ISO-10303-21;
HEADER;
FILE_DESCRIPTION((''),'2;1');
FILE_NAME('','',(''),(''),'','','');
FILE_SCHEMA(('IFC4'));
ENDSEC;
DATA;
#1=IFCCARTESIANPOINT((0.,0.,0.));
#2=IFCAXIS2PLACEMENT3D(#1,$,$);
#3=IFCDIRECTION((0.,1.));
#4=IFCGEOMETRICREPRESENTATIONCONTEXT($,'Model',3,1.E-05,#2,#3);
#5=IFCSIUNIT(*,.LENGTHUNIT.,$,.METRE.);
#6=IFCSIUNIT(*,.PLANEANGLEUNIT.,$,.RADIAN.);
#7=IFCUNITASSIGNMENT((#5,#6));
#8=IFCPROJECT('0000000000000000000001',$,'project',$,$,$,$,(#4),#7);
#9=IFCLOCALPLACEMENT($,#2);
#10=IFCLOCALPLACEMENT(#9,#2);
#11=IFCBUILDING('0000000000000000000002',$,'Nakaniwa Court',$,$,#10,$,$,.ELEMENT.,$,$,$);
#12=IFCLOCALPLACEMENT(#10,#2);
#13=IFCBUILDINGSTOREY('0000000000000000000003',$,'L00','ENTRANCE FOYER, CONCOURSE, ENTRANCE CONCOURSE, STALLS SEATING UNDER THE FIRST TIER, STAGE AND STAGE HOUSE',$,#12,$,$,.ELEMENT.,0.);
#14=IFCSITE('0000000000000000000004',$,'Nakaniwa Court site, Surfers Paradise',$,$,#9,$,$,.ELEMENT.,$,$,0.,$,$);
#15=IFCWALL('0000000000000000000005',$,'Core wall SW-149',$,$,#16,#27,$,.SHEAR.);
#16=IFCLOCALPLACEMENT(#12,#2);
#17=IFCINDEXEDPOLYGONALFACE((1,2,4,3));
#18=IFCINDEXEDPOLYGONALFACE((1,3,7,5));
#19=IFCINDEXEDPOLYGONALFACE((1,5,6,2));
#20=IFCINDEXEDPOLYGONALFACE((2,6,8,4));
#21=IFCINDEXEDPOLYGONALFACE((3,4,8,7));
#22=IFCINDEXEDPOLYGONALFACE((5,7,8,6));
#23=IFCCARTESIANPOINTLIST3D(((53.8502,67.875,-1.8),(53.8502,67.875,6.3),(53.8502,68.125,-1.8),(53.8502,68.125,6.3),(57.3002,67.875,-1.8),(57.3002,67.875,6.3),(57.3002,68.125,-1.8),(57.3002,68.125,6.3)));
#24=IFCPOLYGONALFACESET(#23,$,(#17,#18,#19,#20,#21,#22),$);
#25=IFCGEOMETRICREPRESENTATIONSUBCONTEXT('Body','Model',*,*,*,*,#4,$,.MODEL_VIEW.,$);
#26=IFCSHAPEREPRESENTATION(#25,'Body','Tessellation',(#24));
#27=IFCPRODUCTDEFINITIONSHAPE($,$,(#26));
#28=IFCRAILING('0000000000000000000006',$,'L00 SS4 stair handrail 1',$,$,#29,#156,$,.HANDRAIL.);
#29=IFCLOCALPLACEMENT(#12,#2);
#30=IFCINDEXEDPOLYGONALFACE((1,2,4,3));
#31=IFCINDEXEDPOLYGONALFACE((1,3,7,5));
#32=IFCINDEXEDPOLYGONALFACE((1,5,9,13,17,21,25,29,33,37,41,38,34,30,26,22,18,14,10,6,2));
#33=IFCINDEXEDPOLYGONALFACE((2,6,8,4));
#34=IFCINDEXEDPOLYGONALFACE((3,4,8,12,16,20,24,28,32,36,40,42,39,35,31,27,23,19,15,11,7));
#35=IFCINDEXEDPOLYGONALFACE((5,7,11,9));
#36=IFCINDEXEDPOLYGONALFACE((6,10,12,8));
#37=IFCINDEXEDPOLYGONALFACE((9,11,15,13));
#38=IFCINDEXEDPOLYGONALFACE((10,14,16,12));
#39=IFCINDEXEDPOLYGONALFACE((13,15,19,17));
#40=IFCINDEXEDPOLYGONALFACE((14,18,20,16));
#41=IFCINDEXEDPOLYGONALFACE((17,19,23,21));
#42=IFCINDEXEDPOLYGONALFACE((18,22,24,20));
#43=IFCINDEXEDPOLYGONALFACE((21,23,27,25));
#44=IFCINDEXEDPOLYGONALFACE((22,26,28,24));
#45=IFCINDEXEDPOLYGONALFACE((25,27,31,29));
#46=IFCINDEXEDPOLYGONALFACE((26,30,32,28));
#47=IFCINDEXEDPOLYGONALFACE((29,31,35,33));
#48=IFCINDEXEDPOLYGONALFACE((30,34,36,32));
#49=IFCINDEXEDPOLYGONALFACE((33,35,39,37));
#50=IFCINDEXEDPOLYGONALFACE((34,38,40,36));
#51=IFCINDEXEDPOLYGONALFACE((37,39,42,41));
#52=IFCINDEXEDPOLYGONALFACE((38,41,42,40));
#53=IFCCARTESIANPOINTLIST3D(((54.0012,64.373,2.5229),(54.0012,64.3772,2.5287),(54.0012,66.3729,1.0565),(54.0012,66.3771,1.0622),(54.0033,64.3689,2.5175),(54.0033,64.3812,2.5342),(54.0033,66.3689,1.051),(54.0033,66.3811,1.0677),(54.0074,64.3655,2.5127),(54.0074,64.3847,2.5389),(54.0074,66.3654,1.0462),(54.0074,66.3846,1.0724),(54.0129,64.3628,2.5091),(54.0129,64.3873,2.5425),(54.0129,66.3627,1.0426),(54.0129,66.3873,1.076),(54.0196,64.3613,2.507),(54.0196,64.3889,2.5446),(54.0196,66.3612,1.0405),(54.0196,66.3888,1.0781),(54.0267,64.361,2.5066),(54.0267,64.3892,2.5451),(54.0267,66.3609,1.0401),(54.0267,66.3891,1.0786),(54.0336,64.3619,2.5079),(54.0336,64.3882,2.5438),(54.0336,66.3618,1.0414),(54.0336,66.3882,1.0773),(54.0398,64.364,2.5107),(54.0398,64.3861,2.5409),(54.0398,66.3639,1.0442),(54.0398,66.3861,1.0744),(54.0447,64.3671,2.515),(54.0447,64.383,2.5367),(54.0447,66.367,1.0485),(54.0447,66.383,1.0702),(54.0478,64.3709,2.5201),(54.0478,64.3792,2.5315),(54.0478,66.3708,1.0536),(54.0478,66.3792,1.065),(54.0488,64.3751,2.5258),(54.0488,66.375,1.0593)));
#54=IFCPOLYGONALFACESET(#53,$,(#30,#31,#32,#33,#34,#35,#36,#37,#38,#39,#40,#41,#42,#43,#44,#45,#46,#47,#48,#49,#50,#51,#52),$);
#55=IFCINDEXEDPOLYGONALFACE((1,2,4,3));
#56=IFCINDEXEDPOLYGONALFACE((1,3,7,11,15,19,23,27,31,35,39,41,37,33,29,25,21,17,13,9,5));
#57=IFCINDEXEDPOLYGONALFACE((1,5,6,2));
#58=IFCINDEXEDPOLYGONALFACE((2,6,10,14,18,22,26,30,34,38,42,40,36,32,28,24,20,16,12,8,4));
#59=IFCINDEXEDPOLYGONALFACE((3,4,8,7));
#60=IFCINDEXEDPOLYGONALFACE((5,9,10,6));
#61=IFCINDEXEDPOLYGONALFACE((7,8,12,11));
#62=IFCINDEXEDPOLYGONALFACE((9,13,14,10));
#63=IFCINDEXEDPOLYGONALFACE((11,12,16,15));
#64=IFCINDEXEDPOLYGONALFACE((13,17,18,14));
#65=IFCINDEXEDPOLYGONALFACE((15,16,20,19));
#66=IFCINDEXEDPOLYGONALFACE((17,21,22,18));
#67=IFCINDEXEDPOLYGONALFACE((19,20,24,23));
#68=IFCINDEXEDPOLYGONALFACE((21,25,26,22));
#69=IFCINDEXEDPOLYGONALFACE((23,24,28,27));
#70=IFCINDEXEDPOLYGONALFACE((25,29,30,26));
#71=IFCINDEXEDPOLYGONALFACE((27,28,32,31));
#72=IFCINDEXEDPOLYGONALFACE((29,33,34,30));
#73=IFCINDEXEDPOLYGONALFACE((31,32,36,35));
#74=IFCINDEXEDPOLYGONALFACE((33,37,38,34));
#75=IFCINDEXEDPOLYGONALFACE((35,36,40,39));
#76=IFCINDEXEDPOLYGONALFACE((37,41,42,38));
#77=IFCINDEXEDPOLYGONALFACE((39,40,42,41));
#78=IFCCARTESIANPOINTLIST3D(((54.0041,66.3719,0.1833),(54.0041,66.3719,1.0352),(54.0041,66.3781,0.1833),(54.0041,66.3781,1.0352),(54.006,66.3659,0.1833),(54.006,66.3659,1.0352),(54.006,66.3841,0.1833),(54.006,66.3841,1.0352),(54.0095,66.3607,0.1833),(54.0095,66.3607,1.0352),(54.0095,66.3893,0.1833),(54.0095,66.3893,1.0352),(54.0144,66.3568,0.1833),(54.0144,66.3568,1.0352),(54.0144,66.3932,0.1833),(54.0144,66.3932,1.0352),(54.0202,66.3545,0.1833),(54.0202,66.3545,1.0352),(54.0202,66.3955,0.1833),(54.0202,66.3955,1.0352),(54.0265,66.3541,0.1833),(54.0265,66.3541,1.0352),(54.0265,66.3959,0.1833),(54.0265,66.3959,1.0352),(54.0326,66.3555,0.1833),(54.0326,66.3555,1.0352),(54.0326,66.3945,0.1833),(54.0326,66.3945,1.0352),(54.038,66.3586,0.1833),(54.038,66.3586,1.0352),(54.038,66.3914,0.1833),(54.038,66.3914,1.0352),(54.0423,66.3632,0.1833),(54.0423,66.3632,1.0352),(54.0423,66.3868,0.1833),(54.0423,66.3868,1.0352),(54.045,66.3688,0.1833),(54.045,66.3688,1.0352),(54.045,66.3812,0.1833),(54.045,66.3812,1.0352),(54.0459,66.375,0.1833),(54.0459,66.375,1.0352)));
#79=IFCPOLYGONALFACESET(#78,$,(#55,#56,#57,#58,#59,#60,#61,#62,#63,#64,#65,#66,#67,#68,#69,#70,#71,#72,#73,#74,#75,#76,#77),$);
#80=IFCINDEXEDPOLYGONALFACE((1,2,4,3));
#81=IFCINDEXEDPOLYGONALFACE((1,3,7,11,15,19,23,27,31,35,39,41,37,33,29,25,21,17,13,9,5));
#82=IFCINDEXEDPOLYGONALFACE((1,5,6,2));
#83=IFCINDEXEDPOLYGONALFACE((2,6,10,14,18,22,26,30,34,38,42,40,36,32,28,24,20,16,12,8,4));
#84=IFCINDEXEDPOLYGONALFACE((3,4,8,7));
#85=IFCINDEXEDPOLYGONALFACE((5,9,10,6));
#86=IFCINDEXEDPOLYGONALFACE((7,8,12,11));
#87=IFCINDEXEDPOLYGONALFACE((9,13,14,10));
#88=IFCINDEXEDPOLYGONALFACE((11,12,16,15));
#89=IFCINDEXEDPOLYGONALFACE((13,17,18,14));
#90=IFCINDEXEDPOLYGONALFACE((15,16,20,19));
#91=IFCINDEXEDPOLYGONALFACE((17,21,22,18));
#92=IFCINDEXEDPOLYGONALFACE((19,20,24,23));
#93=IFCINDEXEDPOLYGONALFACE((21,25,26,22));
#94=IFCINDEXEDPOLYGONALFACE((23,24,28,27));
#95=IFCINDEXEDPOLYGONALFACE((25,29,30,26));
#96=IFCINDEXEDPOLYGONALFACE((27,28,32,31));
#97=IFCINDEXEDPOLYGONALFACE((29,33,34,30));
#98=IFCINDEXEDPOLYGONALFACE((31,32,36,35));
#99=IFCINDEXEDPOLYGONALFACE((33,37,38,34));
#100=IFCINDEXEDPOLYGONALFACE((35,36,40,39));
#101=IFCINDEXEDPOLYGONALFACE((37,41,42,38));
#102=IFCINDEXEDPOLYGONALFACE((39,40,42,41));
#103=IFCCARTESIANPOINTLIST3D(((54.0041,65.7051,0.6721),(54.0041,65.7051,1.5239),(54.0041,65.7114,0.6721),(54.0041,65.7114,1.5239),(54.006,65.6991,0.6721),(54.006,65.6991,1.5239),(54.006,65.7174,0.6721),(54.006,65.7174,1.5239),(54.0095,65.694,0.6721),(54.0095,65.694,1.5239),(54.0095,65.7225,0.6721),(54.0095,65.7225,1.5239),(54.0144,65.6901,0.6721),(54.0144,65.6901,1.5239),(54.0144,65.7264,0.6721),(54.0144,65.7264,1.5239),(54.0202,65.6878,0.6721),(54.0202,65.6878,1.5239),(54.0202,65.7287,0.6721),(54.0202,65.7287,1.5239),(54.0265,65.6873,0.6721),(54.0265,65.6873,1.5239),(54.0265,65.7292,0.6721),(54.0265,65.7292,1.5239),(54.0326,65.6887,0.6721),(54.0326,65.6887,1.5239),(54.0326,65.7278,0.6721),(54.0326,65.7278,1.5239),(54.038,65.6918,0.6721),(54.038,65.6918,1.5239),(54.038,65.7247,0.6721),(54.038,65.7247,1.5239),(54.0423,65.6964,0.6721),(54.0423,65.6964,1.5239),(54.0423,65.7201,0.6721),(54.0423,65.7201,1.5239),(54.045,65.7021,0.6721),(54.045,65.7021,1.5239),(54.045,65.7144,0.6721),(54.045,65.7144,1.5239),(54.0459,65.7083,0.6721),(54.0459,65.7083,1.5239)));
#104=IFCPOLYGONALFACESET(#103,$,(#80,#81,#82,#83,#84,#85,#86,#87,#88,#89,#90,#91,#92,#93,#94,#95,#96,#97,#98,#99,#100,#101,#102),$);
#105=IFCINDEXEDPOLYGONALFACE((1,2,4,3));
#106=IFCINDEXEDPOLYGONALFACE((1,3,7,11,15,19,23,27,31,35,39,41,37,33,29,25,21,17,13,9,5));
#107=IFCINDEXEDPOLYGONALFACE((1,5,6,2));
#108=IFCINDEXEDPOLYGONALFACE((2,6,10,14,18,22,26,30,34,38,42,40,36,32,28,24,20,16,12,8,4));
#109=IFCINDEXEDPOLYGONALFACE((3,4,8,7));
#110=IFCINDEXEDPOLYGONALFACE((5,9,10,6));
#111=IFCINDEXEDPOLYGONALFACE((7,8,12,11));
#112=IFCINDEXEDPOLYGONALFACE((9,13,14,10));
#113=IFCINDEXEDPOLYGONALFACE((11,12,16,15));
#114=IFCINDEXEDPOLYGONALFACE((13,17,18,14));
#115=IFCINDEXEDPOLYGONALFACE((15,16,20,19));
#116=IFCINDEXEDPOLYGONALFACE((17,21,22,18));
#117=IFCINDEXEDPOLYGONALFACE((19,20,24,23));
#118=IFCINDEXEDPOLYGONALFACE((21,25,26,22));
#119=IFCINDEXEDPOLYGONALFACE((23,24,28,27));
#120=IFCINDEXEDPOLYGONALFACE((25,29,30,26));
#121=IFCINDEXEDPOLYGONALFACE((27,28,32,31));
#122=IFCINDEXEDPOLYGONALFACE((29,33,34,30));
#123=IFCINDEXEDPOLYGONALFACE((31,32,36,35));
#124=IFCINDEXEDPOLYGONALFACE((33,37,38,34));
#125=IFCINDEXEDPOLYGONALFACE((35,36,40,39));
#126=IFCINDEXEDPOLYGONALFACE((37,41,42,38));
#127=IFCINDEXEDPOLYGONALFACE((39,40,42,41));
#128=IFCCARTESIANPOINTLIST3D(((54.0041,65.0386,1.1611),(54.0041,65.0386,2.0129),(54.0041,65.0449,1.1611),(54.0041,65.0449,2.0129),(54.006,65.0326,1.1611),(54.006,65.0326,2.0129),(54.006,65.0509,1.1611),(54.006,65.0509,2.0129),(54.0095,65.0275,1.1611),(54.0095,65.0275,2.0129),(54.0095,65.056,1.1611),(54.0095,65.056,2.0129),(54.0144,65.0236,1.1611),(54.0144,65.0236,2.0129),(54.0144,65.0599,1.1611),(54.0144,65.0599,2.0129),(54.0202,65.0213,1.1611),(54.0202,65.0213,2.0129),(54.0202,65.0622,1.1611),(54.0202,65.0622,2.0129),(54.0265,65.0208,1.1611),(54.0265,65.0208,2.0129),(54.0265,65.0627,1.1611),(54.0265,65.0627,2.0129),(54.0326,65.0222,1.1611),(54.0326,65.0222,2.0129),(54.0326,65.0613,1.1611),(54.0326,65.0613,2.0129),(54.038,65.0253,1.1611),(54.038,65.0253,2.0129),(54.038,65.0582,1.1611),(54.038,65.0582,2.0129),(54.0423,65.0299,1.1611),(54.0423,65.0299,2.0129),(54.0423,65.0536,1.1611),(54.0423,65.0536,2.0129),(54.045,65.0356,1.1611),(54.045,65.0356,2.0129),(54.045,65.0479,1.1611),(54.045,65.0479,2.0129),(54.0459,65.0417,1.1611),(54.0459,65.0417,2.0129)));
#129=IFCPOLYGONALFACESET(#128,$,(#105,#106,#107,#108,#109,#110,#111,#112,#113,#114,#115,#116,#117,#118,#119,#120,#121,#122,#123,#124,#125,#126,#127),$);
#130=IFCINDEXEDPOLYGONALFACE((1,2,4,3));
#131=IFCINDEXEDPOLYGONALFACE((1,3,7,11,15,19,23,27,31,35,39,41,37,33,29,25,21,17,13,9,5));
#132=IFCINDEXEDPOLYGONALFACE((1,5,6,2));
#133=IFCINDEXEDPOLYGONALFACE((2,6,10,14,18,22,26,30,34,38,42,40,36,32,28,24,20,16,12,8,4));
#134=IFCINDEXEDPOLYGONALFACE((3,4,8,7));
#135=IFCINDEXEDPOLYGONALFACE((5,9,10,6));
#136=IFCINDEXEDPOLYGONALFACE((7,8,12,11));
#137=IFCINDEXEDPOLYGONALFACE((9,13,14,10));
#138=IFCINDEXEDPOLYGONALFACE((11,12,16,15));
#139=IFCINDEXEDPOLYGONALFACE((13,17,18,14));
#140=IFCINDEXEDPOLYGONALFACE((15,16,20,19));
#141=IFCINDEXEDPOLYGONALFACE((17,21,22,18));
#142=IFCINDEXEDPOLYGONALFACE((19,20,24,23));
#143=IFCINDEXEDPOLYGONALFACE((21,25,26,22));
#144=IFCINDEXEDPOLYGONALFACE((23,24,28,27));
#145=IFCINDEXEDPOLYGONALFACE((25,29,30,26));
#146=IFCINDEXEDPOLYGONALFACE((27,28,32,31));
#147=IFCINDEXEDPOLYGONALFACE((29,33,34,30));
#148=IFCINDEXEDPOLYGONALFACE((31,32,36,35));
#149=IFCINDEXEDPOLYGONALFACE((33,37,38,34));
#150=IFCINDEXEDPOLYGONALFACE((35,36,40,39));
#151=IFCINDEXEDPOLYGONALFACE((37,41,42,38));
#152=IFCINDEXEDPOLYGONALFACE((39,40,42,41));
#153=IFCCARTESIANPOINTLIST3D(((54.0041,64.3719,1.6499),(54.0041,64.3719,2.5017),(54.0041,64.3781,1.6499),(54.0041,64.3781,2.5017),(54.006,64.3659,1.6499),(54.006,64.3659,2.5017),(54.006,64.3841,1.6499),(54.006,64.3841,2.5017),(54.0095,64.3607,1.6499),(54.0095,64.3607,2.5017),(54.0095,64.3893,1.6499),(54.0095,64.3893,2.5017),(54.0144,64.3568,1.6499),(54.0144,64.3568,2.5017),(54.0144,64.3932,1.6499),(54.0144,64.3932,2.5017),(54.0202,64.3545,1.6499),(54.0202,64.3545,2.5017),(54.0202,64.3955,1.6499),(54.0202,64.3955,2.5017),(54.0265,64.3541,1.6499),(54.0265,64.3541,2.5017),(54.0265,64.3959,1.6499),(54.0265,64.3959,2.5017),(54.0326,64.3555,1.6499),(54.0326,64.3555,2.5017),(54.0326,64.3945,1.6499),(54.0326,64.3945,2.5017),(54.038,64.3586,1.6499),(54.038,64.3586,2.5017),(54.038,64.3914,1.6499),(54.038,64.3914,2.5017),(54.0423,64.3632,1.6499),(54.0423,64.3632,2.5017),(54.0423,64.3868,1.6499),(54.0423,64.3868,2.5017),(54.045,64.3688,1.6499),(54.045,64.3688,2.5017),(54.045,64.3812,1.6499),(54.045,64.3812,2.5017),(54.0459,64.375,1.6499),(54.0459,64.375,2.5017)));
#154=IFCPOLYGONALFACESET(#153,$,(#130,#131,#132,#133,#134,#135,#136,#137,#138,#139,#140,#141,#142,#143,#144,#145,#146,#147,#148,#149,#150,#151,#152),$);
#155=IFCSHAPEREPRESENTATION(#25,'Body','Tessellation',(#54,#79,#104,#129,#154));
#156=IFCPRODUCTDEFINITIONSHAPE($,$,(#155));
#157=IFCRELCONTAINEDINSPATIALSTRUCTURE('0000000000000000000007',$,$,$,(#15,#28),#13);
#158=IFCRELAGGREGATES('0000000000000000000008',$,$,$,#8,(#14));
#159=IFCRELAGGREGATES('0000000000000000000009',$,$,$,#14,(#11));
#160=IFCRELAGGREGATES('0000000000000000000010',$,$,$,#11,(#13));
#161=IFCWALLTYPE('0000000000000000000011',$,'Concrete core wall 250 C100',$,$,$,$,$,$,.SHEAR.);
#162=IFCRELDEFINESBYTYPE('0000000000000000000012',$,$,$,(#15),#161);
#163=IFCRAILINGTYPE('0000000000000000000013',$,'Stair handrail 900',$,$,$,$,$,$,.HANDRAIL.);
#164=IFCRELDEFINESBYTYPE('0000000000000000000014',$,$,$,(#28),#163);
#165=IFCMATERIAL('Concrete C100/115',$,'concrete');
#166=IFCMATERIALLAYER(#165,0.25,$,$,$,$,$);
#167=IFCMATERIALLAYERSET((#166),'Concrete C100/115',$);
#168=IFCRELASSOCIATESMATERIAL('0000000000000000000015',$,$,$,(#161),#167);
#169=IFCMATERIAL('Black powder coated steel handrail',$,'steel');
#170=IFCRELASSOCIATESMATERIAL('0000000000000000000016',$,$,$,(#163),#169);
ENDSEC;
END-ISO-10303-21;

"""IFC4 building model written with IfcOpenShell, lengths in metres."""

from ifc_helpers import new_model, si_unit, direction, frame, frame_2d, origin, origin_2d, place, context, subcontext, project, spatial, rectangle, circle, extrude, material, layer, layer_set, type_object, element, save


model = new_model("IFC4")

# Units and contexts
model_context = context("Model", 3, precision=1e-05, world=origin(), true_north=direction((0.0, 1.0)))
body_context = subcontext(model_context, "Body", "Model", "MODEL_VIEW")
ifc_project = project(units=[si_unit("LENGTHUNIT", "METRE"), si_unit("PLANEANGLEUNIT", "RADIAN")], contexts=[model_context])

# Site, building, storey
site_placement = place(None, origin())
site = spatial("IfcSite", under=ifc_project, at=site_placement, Name="Nakaniwa Court site, Surfers Paradise", CompositionType="ELEMENT", RefElevation=0.0)
building_placement = place(site_placement, origin())
building = spatial("IfcBuilding", under=site, at=building_placement, Name="Nakaniwa Court", CompositionType="ELEMENT")
storey_placement = place(building_placement, origin())
storey = spatial("IfcBuildingStorey", under=building, at=storey_placement, Name="L00", Description="ENTRANCE FOYER, CONCOURSE, ENTRANCE CONCOURSE, STALLS SEATING UNDER THE FIRST TIER, STAGE AND STAGE HOUSE", CompositionType="ELEMENT", Elevation=0.0)

# Shared definitions
ifc_material_1 = material(Name="Concrete C100/115", Category="concrete")

# Wall
ifc_layer_1 = layer(ifc_material_1, 0.25)
ifc_layer_set_1 = layer_set([ifc_layer_1], Name="Concrete C100/115")
wall_type_1 = type_object("IfcWallType", Name="Concrete core wall 250 C100", PredefinedType="SHEAR", material=ifc_layer_set_1)
wall_1_placement = place(storey_placement, frame((53.8501, 68.0, -1.8), z_axis=(0.0, 0.0, 1.0), x_axis=(1.0, 0.0, 0.0)))
element("IfcWall", 1, at=wall_1_placement, inside=storey, type_object=wall_type_1, Name="Core wall SW-149", PredefinedType="SHEAR", context=body_context, shape_type="SweptSolid", body=[
    extrude(rectangle(XDim=3.45, YDim=0.25, at=frame_2d((1.7251, 0.0))), origin(), (0.0, 0.0, 1.0), 8.1001),
])

# Railing
ifc_material_2 = material(Name="Black powder coated steel handrail", Category="steel")
railing_type = type_object("IfcRailingType", Name="Stair handrail 900", PredefinedType="HANDRAIL", material=ifc_material_2)
railing_placement = place(storey_placement, frame((54.0249, 66.375, 0.1833)))
element("IfcRailing", 2, at=railing_placement, inside=storey, type_object=railing_type, Name="L00 SS4 stair handrail 1", PredefinedType="HANDRAIL", context=body_context, shape_type="SweptSolid", body=[
    extrude(circle(Radius=0.0239, at=origin_2d()), frame((0.0, 0.0, 0.876), z_axis=(0.0, -0.806427, 0.591334), x_axis=(1.0, 0.0, 0.0)), (0.0, 0.0, 1.0), 2.48),
    extrude(circle(Radius=0.021, at=origin_2d()), origin(), (0.0, 0.0, 1.0), 0.8518),
    extrude(circle(Radius=0.021, at=origin_2d()), frame((0.0, -0.6667, 0.4888)), (0.0, 0.0, 1.0), 0.8518),
    extrude(circle(Radius=0.021, at=origin_2d()), frame((0.0, -1.3333, 0.9778)), (0.0, 0.0, 1.0), 0.8518),
    extrude(circle(Radius=0.021, at=origin_2d()), frame((0.0, -2.0, 1.4666)), (0.0, 0.0, 1.0), 0.8518),
])

save(model, "model.ifc")
